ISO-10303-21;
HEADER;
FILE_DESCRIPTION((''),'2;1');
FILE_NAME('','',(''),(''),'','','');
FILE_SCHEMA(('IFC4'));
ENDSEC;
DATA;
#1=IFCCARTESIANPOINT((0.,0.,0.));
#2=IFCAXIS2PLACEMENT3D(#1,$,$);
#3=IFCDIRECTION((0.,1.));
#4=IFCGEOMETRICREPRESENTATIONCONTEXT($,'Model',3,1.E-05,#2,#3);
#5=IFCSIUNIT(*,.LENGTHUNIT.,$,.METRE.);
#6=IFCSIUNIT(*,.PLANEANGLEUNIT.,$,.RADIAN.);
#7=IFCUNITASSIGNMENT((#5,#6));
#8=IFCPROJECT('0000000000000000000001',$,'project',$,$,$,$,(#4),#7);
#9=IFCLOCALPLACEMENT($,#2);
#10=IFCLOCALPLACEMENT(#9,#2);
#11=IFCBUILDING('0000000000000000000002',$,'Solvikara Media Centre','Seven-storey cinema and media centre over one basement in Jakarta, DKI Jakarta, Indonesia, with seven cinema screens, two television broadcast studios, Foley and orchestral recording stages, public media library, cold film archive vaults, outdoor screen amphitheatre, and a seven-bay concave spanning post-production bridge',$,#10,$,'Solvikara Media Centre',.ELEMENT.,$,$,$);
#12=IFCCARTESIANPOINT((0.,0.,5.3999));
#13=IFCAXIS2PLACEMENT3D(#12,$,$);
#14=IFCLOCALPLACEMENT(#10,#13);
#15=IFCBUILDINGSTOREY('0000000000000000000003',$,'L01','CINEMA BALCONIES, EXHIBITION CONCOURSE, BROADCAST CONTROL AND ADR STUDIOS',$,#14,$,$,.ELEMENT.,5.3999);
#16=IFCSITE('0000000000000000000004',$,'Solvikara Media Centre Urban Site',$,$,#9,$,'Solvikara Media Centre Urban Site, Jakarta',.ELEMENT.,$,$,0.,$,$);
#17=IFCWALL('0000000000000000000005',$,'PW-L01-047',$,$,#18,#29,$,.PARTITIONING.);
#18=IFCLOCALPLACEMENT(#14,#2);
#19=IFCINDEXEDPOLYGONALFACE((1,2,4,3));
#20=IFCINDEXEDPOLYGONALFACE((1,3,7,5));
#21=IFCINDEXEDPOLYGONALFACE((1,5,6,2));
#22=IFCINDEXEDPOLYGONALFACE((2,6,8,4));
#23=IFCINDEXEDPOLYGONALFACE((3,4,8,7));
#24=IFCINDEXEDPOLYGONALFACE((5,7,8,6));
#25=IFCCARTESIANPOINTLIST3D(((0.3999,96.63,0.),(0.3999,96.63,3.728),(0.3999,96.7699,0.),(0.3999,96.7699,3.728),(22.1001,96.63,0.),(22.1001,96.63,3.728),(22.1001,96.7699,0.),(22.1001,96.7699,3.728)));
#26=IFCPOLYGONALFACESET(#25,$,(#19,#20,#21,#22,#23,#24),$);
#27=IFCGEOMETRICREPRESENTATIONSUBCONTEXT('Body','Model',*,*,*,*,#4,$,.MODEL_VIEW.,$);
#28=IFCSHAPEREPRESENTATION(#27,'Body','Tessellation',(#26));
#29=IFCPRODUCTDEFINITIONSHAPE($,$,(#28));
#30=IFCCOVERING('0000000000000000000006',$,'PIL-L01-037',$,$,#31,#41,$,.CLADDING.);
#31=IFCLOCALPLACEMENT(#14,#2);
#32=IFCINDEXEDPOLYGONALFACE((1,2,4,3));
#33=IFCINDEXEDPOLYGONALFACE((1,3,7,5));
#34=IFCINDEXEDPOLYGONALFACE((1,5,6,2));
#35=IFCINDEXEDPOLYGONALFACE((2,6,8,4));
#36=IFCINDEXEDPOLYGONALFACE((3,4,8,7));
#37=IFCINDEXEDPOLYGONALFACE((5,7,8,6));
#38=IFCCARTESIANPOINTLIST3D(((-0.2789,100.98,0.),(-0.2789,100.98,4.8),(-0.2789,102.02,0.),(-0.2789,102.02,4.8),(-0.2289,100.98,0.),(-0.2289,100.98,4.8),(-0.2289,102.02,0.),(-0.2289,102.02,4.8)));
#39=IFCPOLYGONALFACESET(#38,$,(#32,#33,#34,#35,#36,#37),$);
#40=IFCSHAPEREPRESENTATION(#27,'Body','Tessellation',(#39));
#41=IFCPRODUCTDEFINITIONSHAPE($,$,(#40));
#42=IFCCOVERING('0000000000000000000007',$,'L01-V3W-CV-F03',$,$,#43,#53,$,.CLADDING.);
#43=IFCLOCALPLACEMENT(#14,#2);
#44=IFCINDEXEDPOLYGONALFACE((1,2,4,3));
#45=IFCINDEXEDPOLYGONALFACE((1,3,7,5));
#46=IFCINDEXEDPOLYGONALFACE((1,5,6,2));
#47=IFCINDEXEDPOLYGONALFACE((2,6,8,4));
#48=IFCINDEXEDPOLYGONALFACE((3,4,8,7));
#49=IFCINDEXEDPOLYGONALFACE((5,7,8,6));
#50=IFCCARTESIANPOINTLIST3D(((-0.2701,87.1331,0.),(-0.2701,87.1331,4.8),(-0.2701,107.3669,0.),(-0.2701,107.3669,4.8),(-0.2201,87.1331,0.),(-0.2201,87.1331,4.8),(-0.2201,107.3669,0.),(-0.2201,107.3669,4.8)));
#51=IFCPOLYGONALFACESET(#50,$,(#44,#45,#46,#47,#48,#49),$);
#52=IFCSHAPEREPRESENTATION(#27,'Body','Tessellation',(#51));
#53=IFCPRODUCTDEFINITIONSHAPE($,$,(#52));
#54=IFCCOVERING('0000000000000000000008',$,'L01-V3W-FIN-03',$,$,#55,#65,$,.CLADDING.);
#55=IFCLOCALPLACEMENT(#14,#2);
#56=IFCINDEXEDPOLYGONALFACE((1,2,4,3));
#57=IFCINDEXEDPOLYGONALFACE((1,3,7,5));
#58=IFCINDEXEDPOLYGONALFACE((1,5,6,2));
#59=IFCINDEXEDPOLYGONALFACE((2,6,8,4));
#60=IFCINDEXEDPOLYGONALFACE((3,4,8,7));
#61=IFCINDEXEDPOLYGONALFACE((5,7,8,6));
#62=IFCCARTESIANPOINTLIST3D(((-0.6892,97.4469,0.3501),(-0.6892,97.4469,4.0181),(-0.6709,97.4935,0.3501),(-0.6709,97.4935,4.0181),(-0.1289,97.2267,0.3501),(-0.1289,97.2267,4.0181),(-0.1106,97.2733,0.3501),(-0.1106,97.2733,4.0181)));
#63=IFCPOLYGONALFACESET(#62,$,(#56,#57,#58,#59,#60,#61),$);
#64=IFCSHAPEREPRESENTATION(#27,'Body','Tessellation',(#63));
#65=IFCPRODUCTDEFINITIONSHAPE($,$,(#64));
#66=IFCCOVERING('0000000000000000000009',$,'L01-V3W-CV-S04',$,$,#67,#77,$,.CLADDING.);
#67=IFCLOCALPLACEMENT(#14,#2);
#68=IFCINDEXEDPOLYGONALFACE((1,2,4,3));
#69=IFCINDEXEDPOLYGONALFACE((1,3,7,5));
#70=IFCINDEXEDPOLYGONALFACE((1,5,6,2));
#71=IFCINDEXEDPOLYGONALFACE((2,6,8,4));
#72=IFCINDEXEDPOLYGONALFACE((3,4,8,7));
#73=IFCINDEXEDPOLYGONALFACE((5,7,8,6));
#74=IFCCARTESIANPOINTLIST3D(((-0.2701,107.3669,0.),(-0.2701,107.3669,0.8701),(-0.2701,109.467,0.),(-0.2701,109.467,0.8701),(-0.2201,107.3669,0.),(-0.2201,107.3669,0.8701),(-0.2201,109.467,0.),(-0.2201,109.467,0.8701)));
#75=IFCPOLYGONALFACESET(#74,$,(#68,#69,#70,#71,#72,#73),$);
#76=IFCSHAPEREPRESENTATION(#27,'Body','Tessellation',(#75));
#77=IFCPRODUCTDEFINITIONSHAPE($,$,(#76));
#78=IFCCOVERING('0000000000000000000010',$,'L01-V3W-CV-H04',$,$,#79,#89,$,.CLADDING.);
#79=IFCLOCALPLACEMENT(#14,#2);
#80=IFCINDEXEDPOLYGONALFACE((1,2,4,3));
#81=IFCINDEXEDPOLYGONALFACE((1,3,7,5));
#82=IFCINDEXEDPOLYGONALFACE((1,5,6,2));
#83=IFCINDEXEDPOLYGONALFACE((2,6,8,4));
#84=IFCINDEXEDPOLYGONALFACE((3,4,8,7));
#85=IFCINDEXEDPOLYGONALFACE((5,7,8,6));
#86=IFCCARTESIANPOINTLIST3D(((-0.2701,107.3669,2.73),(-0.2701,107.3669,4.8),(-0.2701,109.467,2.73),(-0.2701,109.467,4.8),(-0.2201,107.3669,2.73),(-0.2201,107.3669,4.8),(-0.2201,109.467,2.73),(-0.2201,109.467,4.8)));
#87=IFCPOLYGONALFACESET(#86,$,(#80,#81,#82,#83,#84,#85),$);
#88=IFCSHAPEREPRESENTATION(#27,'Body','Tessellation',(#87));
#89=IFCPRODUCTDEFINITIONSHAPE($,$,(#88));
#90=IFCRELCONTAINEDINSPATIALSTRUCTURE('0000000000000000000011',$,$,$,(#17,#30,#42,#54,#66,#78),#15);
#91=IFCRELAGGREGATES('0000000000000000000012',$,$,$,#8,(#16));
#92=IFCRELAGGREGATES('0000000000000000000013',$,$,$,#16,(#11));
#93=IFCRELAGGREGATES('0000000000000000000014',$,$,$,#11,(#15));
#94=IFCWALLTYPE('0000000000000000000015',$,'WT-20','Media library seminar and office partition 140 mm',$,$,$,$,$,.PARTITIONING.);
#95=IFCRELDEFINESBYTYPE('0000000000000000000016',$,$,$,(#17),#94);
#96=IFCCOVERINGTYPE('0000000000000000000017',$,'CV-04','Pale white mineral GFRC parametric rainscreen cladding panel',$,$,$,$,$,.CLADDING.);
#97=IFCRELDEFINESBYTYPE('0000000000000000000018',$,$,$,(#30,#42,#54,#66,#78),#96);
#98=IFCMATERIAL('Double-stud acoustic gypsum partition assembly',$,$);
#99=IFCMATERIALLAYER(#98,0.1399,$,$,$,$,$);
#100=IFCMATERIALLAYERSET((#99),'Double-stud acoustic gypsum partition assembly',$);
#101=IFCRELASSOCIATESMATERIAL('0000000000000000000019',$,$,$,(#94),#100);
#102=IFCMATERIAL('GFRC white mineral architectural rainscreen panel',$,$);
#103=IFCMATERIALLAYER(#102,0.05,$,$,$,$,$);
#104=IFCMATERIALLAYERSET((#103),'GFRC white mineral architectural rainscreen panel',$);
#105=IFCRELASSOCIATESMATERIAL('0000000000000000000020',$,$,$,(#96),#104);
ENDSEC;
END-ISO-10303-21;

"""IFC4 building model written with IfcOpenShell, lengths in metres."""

from ifc_helpers import new_model, si_unit, direction, frame, frame_2d, origin, origin_2d, place, context, subcontext, project, spatial, rectangle, extrude, material, layer, layer_set, type_object, element, save


model = new_model("IFC4")

# Units and contexts
model_context = context("Model", 3, precision=1e-05, world=origin(), true_north=direction((0.0, 1.0)))
body_context = subcontext(model_context, "Body", "Model", "MODEL_VIEW")
ifc_project = project(units=[si_unit("LENGTHUNIT", "METRE"), si_unit("PLANEANGLEUNIT", "RADIAN")], contexts=[model_context])

# Site, building, storey
site_placement = place(None, origin())
site = spatial("IfcSite", under=ifc_project, at=site_placement, Name="Solvikara Media Centre Urban Site", LongName="Solvikara Media Centre Urban Site, Jakarta", CompositionType="ELEMENT", RefElevation=0.0)
building_placement = place(site_placement, origin())
building = spatial("IfcBuilding", under=site, at=building_placement, Name="Solvikara Media Centre", Description="Seven-storey cinema and media centre over one basement in Jakarta, DKI Jakarta, Indonesia, with seven cinema screens, two television broadcast studios, Foley and orchestral recording stages, public media library, cold film archive vaults, outdoor screen amphitheatre, and a seven-bay concave spanning post-production bridge", LongName="Solvikara Media Centre", CompositionType="ELEMENT")
storey_placement = place(building_placement, frame((0.0, 0.0, 5.3999)))
storey = spatial("IfcBuildingStorey", under=building, at=storey_placement, Name="L01", Description="CINEMA BALCONIES, EXHIBITION CONCOURSE, BROADCAST CONTROL AND ADR STUDIOS", CompositionType="ELEMENT", Elevation=5.3999)

# Wall
ifc_material_1 = material(Name="Double-stud acoustic gypsum partition assembly")
ifc_layer_1 = layer(ifc_material_1, 0.1399)
ifc_layer_set_1 = layer_set([ifc_layer_1], Name="Double-stud acoustic gypsum partition assembly")
wall_type = type_object("IfcWallType", Name="WT-20", Description="Media library seminar and office partition 140 mm", PredefinedType="PARTITIONING", material=ifc_layer_set_1)
wall_placement = place(storey_placement, frame((0.3999, 96.7, 0.0), z_axis=(0.0, 0.0, 1.0), x_axis=(1.0, 0.0, 0.0)))
element("IfcWall", 1, at=wall_placement, inside=storey, type_object=wall_type, Name="PW-L01-047", PredefinedType="PARTITIONING", context=body_context, shape_type="SweptSolid", body=[
    extrude(rectangle(XDim=21.7002, YDim=0.1399, at=frame_2d((10.8501, 0.0))), origin(), (0.0, 0.0, 1.0), 3.728),
])

# Coverings
ifc_material_2 = material(Name="GFRC white mineral architectural rainscreen panel")
ifc_layer_2 = layer(ifc_material_2, 0.05)
ifc_layer_set_2 = layer_set([ifc_layer_2], Name="GFRC white mineral architectural rainscreen panel")
covering_type = type_object("IfcCoveringType", Name="CV-04", Description="Pale white mineral GFRC parametric rainscreen cladding panel", PredefinedType="CLADDING", material=ifc_layer_set_2)
covering_1_placement = place(storey_placement, frame((-0.2539, 101.5, 0.0), z_axis=(0.0, 0.0, 1.0), x_axis=(0.0, -1.0, 0.0)))
element("IfcCovering", 2, at=covering_1_placement, inside=storey, type_object=covering_type, Name="PIL-L01-037", PredefinedType="CLADDING", context=body_context, shape_type="SweptSolid", body=[
    extrude(rectangle(XDim=1.04, YDim=0.05, at=origin_2d()), origin(), (0.0, 0.0, 1.0), 4.8),
])
covering_2_placement = place(storey_placement, frame((-0.2451, 97.25, 0.0), z_axis=(0.0, 0.0, 1.0), x_axis=(0.0, 1.0, 0.0)))
element("IfcCovering", 3, at=covering_2_placement, inside=storey, type_object=covering_type, Name="L01-V3W-CV-F03", PredefinedType="CLADDING", context=body_context, shape_type="SweptSolid", body=[
    extrude(rectangle(XDim=20.2339, YDim=0.05, at=origin_2d()), origin(), (0.0, 0.0, 1.0), 4.8),
])
covering_3_placement = place(storey_placement, frame((-0.3999, 97.3601, 0.3501), z_axis=(0.0, 0.0, 1.0), x_axis=(-0.93075, 0.365657, 0.0)))
element("IfcCovering", 4, at=covering_3_placement, inside=storey, type_object=covering_type, Name="L01-V3W-FIN-03", PredefinedType="CLADDING", context=body_context, shape_type="SweptSolid", body=[
    extrude(rectangle(XDim=0.6021, YDim=0.05, at=origin_2d()), origin(), (0.0, 0.0, 1.0), 3.668),
])
covering_4_placement = place(storey_placement, frame((-0.2451, 108.417, 0.0), z_axis=(0.0, 0.0, 1.0), x_axis=(0.0, 1.0, 0.0)))
element("IfcCovering", 5, at=covering_4_placement, inside=storey, type_object=covering_type, Name="L01-V3W-CV-S04", PredefinedType="CLADDING", context=body_context, shape_type="SweptSolid", body=[
    extrude(rectangle(XDim=2.1001, YDim=0.05, at=origin_2d()), origin(), (0.0, 0.0, 1.0), 0.8701),
])
covering_5_placement = place(storey_placement, frame((-0.2451, 108.417, 2.73), z_axis=(0.0, 0.0, 1.0), x_axis=(0.0, 1.0, 0.0)))
element("IfcCovering", 6, at=covering_5_placement, inside=storey, type_object=covering_type, Name="L01-V3W-CV-H04", PredefinedType="CLADDING", context=body_context, shape_type="SweptSolid", body=[
    extrude(rectangle(XDim=2.1001, YDim=0.05, at=origin_2d()), origin(), (0.0, 0.0, 1.0), 2.0701),
])

save(model, "model.ifc")
